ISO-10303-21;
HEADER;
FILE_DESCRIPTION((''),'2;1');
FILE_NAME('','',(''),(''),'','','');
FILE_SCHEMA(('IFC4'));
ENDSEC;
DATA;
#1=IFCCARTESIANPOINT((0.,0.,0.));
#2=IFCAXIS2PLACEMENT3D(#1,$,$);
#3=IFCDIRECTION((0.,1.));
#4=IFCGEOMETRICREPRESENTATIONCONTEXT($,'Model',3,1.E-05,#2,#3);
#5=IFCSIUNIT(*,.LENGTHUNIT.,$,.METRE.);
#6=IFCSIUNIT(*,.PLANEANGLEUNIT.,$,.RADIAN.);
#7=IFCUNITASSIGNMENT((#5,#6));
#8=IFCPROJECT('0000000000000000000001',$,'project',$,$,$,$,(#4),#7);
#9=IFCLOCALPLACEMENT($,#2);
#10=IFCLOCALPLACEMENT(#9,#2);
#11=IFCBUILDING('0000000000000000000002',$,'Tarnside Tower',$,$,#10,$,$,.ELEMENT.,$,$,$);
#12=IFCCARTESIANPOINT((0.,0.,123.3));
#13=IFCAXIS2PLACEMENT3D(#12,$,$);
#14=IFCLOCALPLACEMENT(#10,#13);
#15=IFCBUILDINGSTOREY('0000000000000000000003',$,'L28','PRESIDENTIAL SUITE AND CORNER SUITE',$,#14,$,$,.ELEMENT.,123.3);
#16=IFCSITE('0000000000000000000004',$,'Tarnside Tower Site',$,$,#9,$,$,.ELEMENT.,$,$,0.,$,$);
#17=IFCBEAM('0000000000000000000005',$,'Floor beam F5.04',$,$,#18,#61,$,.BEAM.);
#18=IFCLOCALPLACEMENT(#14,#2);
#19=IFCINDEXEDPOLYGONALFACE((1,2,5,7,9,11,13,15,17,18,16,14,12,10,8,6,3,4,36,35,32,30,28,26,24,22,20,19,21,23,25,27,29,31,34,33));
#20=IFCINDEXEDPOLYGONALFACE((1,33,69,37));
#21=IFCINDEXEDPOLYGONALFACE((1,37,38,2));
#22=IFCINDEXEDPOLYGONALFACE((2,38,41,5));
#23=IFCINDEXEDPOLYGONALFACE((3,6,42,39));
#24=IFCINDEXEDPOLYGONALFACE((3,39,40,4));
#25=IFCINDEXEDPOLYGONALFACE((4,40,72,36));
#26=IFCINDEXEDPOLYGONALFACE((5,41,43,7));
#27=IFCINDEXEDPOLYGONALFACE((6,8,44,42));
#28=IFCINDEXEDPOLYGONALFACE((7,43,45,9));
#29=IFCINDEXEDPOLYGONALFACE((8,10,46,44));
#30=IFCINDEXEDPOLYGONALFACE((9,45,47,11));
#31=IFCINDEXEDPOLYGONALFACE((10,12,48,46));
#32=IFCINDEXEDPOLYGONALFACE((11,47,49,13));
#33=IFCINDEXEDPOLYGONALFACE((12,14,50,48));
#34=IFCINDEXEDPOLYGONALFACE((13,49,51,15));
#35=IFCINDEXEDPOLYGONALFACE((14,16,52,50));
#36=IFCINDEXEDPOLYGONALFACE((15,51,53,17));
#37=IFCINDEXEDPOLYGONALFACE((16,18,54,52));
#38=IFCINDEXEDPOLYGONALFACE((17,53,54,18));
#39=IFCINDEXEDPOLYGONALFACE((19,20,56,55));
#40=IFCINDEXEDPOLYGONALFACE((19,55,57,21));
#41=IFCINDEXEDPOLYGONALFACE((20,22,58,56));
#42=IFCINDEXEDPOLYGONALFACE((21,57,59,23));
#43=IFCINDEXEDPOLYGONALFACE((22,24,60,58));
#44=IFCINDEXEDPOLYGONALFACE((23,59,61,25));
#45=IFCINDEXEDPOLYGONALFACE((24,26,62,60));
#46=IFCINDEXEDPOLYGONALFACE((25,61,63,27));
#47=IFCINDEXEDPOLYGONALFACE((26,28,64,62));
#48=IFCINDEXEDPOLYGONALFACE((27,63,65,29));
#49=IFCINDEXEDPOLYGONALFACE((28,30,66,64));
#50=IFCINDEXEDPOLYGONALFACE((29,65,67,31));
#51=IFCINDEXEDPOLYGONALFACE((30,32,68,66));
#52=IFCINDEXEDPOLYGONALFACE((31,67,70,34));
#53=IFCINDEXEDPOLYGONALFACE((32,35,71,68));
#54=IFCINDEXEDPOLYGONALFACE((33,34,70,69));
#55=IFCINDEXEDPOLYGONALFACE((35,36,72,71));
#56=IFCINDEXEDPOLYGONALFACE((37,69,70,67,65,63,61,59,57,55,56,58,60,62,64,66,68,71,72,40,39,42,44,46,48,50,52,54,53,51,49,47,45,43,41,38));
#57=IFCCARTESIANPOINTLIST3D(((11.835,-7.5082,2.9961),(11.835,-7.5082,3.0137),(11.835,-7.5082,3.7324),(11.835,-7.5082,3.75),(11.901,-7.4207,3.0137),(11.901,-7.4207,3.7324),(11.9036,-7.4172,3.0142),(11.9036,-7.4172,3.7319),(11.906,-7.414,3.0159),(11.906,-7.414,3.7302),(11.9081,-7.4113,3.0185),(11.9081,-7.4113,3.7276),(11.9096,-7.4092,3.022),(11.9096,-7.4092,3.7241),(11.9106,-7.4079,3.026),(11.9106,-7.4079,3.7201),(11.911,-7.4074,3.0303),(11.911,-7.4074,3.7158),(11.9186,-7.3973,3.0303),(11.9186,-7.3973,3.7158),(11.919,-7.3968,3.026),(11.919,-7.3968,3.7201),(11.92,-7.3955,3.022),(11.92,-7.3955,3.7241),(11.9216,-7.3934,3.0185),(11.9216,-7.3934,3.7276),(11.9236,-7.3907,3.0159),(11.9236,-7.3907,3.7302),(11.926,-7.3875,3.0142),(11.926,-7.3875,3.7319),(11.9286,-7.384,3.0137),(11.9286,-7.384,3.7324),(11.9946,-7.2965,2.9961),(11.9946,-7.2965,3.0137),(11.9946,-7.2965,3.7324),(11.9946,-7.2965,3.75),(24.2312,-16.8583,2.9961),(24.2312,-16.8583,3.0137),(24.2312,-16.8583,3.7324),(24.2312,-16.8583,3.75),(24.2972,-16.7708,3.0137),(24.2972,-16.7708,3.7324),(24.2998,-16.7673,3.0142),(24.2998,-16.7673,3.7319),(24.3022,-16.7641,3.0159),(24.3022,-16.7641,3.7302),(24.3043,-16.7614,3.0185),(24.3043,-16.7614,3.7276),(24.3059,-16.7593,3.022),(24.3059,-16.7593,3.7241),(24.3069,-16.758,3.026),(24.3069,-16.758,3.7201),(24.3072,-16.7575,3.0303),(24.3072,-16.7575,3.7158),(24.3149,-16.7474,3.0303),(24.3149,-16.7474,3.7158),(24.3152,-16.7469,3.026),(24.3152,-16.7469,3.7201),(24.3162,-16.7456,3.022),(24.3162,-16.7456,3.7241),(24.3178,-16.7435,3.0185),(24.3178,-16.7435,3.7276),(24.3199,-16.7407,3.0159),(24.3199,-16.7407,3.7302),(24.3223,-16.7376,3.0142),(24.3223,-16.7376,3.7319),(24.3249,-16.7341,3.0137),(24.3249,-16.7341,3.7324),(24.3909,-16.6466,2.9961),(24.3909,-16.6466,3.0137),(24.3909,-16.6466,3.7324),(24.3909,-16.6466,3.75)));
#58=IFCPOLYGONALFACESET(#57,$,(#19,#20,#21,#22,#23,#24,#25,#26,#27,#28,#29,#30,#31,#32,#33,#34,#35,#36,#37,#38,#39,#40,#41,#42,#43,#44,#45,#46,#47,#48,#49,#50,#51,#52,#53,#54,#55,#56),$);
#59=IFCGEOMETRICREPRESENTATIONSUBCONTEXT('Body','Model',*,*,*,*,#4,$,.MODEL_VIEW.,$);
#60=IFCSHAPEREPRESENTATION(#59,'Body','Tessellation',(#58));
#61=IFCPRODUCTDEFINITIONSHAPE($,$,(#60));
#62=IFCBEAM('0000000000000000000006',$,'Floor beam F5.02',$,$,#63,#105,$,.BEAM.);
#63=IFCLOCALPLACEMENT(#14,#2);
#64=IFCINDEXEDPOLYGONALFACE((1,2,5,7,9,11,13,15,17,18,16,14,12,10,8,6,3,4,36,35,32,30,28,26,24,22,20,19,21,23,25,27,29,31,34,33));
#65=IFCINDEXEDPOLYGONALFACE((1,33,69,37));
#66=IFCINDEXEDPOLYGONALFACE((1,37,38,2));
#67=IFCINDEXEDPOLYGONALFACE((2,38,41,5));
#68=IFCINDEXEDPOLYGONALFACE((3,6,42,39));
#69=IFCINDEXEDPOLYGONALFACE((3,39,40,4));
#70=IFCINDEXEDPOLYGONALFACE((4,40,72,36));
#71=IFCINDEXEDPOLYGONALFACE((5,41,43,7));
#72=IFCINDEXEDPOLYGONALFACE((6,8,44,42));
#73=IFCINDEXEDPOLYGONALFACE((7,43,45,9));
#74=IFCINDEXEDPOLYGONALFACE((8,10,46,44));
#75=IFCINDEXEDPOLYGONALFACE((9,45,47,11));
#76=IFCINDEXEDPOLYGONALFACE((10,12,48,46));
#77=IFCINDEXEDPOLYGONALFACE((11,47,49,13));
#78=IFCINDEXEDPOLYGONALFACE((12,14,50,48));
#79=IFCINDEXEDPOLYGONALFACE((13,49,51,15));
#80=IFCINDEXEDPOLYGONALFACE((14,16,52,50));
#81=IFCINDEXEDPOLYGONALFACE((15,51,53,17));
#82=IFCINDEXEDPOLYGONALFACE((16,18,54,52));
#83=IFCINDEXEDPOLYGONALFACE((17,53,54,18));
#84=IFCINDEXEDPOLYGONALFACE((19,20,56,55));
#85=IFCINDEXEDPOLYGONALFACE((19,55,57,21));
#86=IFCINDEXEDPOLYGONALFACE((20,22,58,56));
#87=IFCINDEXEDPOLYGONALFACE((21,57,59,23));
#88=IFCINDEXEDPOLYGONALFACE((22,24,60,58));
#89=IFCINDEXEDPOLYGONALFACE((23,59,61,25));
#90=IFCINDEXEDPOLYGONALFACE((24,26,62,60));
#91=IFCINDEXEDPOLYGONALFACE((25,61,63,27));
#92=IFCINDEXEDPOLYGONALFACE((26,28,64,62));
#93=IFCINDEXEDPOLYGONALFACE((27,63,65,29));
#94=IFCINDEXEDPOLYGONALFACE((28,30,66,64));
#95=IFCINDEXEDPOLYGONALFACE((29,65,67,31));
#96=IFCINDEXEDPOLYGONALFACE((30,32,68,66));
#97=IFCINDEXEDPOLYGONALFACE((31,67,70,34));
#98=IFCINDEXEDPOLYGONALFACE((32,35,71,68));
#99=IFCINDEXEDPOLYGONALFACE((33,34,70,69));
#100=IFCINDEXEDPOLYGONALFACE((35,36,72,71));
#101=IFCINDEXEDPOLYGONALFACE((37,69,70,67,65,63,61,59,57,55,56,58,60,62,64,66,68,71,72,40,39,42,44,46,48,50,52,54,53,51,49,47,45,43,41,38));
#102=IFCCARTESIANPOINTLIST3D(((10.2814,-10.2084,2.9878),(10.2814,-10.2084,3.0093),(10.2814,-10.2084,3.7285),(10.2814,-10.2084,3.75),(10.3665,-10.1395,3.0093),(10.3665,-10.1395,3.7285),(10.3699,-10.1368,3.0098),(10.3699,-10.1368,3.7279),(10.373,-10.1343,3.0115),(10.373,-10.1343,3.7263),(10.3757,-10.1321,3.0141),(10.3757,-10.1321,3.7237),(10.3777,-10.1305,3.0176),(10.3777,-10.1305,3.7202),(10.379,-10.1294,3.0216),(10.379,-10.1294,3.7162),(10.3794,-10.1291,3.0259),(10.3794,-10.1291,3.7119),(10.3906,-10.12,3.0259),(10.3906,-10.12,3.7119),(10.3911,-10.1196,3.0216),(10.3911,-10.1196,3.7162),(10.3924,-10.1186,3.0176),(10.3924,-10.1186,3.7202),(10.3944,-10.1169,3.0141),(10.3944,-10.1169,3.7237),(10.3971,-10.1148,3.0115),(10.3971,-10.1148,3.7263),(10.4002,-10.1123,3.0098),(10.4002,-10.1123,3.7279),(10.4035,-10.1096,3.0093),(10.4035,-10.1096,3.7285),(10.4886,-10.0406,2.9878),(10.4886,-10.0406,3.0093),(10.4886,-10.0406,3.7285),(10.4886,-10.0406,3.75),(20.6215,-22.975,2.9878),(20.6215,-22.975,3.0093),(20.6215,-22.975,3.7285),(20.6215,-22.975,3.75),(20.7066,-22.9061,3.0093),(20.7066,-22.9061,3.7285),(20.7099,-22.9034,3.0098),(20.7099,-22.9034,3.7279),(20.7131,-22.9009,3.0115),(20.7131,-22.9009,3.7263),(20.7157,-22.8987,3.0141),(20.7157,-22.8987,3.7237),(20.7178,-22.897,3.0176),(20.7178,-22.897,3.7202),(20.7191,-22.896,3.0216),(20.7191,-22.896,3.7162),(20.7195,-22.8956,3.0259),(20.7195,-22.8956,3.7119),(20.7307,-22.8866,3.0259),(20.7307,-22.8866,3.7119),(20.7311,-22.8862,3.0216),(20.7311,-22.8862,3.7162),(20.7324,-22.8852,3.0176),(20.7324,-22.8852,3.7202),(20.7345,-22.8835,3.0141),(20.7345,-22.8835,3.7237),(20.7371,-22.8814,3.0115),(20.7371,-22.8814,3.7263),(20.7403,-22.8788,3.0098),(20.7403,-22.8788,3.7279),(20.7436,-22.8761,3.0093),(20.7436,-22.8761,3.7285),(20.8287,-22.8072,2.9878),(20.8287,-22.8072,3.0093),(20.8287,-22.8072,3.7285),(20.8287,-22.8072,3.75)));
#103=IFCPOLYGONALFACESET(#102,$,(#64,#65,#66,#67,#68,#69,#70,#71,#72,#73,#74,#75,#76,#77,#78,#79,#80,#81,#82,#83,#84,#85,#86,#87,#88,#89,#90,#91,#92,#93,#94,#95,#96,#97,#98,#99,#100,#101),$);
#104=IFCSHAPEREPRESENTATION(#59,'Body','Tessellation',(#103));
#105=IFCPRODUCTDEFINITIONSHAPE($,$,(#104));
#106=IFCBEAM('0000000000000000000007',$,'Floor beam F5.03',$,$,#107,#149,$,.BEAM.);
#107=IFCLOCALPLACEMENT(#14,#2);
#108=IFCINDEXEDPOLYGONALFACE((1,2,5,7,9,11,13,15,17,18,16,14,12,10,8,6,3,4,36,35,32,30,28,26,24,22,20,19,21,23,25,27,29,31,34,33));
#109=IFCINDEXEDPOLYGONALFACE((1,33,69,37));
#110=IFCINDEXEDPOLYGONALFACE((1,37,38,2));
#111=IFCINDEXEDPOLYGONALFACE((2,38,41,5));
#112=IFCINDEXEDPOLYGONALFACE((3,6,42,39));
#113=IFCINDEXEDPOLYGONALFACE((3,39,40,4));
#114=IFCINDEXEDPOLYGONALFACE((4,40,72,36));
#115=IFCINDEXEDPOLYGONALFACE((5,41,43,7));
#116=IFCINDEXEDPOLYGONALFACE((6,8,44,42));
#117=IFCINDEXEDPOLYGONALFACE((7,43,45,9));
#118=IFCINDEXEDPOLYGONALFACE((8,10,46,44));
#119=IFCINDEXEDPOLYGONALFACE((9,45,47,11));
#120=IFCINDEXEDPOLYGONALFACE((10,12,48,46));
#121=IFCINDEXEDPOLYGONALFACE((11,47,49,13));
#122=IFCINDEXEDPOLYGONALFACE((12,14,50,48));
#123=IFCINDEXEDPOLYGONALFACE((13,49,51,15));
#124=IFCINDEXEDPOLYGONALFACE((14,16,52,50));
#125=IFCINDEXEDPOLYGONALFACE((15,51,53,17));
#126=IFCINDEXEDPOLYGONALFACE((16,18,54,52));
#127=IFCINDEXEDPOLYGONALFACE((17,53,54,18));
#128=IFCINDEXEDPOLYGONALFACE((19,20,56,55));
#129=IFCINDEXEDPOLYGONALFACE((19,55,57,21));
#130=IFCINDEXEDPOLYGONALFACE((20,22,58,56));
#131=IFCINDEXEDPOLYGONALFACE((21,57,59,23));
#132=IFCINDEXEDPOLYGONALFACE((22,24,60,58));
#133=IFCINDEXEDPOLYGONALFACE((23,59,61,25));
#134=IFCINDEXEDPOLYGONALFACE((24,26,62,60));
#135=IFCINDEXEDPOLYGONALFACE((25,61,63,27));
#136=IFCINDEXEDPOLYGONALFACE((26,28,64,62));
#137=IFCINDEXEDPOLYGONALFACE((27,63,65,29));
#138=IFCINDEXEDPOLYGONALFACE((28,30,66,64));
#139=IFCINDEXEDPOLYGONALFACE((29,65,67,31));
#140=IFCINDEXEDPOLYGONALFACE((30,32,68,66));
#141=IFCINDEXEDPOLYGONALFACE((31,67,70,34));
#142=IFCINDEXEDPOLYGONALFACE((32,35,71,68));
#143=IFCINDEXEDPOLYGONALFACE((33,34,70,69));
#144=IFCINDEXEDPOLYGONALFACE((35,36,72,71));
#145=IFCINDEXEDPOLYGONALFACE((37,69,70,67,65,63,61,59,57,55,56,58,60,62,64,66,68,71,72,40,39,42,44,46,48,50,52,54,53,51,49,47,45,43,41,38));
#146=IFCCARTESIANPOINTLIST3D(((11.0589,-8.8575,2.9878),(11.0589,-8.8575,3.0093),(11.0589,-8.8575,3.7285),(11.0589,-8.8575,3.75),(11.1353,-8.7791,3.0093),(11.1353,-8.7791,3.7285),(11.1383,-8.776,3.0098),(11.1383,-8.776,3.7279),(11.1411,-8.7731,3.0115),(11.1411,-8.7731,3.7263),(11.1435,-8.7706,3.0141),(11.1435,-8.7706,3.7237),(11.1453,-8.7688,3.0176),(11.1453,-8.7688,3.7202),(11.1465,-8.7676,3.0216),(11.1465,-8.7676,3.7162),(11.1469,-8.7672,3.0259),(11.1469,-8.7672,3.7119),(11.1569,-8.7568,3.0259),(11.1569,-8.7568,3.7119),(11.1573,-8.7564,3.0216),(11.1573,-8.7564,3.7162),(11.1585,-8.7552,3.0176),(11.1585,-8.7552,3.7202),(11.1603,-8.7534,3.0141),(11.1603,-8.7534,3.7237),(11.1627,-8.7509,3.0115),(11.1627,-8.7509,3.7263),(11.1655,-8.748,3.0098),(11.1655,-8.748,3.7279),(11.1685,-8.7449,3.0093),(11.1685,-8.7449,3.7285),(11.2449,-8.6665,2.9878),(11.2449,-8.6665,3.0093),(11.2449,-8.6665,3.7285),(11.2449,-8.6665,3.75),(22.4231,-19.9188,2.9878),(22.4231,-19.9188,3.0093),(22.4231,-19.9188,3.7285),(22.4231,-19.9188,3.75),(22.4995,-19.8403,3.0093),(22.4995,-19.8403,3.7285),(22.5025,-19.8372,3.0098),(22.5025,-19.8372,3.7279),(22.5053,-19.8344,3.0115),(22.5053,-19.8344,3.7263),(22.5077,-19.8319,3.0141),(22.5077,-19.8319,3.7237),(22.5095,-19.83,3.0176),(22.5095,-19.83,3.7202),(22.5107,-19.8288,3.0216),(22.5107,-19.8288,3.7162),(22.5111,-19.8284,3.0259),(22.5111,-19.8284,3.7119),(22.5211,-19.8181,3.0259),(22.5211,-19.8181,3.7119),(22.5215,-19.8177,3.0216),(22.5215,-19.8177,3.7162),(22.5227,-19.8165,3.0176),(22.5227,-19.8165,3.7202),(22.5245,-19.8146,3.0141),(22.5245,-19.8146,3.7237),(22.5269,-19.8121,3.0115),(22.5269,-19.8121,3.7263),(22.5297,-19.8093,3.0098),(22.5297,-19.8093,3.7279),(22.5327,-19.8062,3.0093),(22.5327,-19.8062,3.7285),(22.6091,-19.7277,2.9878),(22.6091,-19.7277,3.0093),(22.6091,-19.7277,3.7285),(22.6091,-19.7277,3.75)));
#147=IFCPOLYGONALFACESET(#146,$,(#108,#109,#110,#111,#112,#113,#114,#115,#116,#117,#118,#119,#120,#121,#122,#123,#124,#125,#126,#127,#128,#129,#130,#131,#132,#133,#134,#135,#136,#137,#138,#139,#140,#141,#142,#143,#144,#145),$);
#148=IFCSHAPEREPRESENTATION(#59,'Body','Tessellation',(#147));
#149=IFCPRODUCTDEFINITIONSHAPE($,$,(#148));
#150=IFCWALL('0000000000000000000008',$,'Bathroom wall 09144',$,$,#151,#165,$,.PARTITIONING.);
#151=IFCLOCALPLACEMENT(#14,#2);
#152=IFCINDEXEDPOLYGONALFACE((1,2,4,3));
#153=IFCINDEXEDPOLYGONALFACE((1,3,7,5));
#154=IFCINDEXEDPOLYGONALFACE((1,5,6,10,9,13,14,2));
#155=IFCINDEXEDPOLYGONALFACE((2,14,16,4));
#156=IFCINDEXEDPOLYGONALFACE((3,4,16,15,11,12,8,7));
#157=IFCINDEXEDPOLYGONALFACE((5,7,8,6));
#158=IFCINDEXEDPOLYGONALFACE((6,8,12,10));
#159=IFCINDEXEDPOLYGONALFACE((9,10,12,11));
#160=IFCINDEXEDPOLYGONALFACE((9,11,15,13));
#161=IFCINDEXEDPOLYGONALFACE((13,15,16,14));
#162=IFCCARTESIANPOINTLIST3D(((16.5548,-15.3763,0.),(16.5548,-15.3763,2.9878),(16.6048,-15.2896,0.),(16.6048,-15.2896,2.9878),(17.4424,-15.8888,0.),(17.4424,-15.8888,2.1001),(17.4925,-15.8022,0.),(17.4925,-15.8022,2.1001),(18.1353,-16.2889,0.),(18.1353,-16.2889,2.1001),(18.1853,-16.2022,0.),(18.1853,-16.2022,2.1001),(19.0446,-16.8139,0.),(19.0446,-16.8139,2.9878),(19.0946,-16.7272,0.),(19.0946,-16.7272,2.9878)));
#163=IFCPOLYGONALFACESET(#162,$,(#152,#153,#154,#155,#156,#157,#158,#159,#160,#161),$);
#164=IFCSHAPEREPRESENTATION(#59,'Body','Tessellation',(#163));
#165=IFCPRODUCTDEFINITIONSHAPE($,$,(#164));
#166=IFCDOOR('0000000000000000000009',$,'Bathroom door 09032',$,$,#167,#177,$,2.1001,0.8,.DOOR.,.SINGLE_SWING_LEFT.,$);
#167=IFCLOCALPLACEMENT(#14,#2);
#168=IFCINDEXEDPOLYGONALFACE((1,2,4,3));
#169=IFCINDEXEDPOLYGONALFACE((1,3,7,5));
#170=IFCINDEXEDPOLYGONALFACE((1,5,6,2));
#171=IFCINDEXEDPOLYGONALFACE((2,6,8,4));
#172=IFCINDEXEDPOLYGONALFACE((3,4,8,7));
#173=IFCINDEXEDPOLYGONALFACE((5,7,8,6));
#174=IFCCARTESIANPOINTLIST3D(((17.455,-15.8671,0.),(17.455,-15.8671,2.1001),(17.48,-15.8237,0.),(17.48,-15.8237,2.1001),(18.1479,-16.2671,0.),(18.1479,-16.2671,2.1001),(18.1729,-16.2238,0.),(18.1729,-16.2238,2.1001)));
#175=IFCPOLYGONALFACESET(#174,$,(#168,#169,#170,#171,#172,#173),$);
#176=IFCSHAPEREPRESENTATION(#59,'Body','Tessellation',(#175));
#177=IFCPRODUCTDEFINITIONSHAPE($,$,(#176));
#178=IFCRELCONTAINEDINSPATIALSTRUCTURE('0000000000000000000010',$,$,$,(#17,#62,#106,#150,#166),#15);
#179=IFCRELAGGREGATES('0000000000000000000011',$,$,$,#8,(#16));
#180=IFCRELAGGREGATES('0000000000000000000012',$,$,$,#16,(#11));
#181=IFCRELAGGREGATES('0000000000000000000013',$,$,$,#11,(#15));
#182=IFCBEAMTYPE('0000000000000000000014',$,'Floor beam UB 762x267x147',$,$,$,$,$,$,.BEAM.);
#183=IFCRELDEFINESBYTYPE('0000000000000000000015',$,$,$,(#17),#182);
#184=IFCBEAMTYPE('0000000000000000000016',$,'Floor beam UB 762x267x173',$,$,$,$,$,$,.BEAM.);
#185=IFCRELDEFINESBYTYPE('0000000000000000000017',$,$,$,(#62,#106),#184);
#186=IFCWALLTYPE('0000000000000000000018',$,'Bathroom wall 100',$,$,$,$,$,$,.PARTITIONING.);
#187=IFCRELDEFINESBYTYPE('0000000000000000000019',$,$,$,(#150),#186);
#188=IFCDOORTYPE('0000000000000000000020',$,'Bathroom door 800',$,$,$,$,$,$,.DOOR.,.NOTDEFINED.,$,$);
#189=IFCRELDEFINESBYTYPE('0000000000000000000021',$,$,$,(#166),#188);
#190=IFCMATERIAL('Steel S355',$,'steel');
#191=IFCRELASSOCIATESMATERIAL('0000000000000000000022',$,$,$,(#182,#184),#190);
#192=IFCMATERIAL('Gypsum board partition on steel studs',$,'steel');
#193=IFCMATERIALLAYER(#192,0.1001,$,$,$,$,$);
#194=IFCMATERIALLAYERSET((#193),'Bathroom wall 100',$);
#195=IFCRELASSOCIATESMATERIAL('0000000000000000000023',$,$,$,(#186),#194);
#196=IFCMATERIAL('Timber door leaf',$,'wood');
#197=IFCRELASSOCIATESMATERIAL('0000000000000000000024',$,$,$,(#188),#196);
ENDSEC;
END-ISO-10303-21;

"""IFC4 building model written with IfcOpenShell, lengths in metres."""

from ifc_helpers import new_model, si_unit, direction, frame, frame_2d, origin, origin_2d, place, context, subcontext, project, spatial, rectangle, i_section, extrude, material, layer, layer_set, material_profile, profile_set, type_object, element, fill, save


model = new_model("IFC4")

# Units and contexts
model_context = context("Model", 3, precision=1e-05, world=origin(), true_north=direction((0.0, 1.0)))
body_context = subcontext(model_context, "Body", "Model", "MODEL_VIEW")
ifc_project = project(units=[si_unit("LENGTHUNIT", "METRE"), si_unit("PLANEANGLEUNIT", "RADIAN")], contexts=[model_context])

# Site, building, storey
site_placement = place(None, origin())
site = spatial("IfcSite", under=ifc_project, at=site_placement, Name="Tarnside Tower Site", CompositionType="ELEMENT", RefElevation=0.0)
building_placement = place(site_placement, origin())
building = spatial("IfcBuilding", under=site, at=building_placement, Name="Tarnside Tower", CompositionType="ELEMENT")
storey_placement = place(building_placement, frame((0.0, 0.0, 123.3)))
storey = spatial("IfcBuildingStorey", under=building, at=storey_placement, Name="L28", Description="PRESIDENTIAL SUITE AND CORNER SUITE", CompositionType="ELEMENT", Elevation=123.3)

# Beams
ifc_material_1 = material(Name="Steel S355", Category="steel")
ifc_material_profile_1 = material_profile(ifc_material_1, i_section(OverallWidth=0.2651, OverallDepth=0.7539, WebThickness=0.0127, FlangeThickness=0.0176, FilletRadius=0.0166, at=origin_2d()), Name="UB 762x267x147")
ifc_profile_set_1 = profile_set([ifc_material_profile_1], Name="Steel S355")
beam_type_1 = type_object("IfcBeamType", Name="Floor beam UB 762x267x147", PredefinedType="BEAM", material=ifc_profile_set_1)
beam_1_placement = place(storey_placement, frame((24.311, -16.7524, 3.373), z_axis=(-0.798361, 0.602179, 0.0), x_axis=(-0.602179, -0.798361, 0.0)))
element("IfcBeam", 1, at=beam_1_placement, inside=storey, type_object=beam_type_1, Name="Floor beam F5.04", PredefinedType="BEAM", context=body_context, shape_type="SweptSolid", body=[
    extrude(i_section(OverallWidth=0.2651, OverallDepth=0.7539, WebThickness=0.0127, FlangeThickness=0.0176, FilletRadius=0.0166, at=origin_2d()), origin(), (0.0, 0.0, 1.0), 15.5271),
])
ifc_material_profile_2 = material_profile(ifc_material_1, i_section(OverallWidth=0.2666, OverallDepth=0.7622, WebThickness=0.0144, FlangeThickness=0.0215, FilletRadius=0.0166, at=origin_2d()), Name="UB 762x267x173")
ifc_profile_set_2 = profile_set([ifc_material_profile_2], Name="Steel S355")
beam_type_2 = type_object("IfcBeamType", Name="Floor beam UB 762x267x173", PredefinedType="BEAM", material=ifc_profile_set_2)
beam_2_placement = place(storey_placement, frame((20.7251, -22.8911, 3.3689), z_axis=(-0.62939, 0.777089, 0.0), x_axis=(-0.777089, -0.62939, 0.0)))
element("IfcBeam", 2, at=beam_2_placement, inside=storey, type_object=beam_type_2, Name="Floor beam F5.02", PredefinedType="BEAM", context=body_context, shape_type="SweptSolid", body=[
    extrude(i_section(OverallWidth=0.2666, OverallDepth=0.7622, WebThickness=0.0144, FlangeThickness=0.0215, FilletRadius=0.0166, at=origin_2d()), origin(), (0.0, 0.0, 1.0), 16.4287),
])
beam_3_placement = place(storey_placement, frame((22.5161, -19.8232, 3.3689), z_axis=(-0.716595, 0.69749, 0.0), x_axis=(-0.69749, -0.716595, 0.0)))
element("IfcBeam", 3, at=beam_3_placement, inside=storey, type_object=beam_type_2, Name="Floor beam F5.03", PredefinedType="BEAM", context=body_context, shape_type="SweptSolid", body=[
    extrude(i_section(OverallWidth=0.2666, OverallDepth=0.7622, WebThickness=0.0144, FlangeThickness=0.0215, FilletRadius=0.0166, at=origin_2d()), origin(), (0.0, 0.0, 1.0), 15.8586),
])

# Wall, opening, door
ifc_material_2 = material(Name="Gypsum board partition on steel studs", Category="steel")
ifc_layer_1 = layer(ifc_material_2, 0.1001)
ifc_layer_set_1 = layer_set([ifc_layer_1], Name="Bathroom wall 100")
wall_type_1 = type_object("IfcWallType", Name="Bathroom wall 100", PredefinedType="PARTITIONING", material=ifc_layer_set_1)
wall_1_placement = place(storey_placement, frame((19.0696, -16.7705, 0.0), z_axis=(0.0, 0.0, 1.0), x_axis=(-0.866019, 0.500012, 0.0)))
wall_1 = element("IfcWall", 4, at=wall_1_placement, inside=storey, type_object=wall_type_1, Name="Bathroom wall 09144", PredefinedType="PARTITIONING", context=body_context, shape_type="SweptSolid", body=[
    extrude(rectangle(XDim=2.875, YDim=0.1001, at=frame_2d((1.4375, 0.0))), origin(), (0.0, 0.0, 1.0), 2.9878),
])
opening_1_placement = place(wall_1_placement, frame((1.05, 0.0, 0.0)))
opening_1 = element("IfcOpeningElement", 5, at=opening_1_placement, cuts=wall_1, PredefinedType="OPENING", context=body_context, shape_type="SweptSolid", body=[
    extrude(rectangle(XDim=0.8, YDim=2.1001, at=frame_2d((0.3999, 1.05))), frame((0.0, 0.0601, 0.0), z_axis=(0.0, -1.0, 0.0), x_axis=(1.0, 0.0, 0.0)), (0.0, 0.0, 1.0), 0.1201),
])
ifc_material_3 = material(Name="Timber door leaf", Category="wood")
door_type_1 = type_object("IfcDoorType", Name="Bathroom door 800", OperationType="NOTDEFINED", PredefinedType="DOOR", material=ifc_material_3)
door_1_placement = place(opening_1_placement, origin())
door_1 = element("IfcDoor", 6, at=door_1_placement, inside=storey, type_object=door_type_1, Name="Bathroom door 09032", OperationType="SINGLE_SWING_LEFT", OverallHeight=2.1001, OverallWidth=0.8, PredefinedType="DOOR", context=body_context, shape_type="SweptSolid", body=[
    extrude(rectangle(XDim=0.8, YDim=2.1001, at=frame_2d((0.3999, 1.05))), frame((0.0, 0.0249, 0.0), z_axis=(0.0, -1.0, 0.0), x_axis=(1.0, 0.0, 0.0)), (0.0, 0.0, 1.0), 0.05),
])
fill(opening_1, door_1)

save(model, "model.ifc")
